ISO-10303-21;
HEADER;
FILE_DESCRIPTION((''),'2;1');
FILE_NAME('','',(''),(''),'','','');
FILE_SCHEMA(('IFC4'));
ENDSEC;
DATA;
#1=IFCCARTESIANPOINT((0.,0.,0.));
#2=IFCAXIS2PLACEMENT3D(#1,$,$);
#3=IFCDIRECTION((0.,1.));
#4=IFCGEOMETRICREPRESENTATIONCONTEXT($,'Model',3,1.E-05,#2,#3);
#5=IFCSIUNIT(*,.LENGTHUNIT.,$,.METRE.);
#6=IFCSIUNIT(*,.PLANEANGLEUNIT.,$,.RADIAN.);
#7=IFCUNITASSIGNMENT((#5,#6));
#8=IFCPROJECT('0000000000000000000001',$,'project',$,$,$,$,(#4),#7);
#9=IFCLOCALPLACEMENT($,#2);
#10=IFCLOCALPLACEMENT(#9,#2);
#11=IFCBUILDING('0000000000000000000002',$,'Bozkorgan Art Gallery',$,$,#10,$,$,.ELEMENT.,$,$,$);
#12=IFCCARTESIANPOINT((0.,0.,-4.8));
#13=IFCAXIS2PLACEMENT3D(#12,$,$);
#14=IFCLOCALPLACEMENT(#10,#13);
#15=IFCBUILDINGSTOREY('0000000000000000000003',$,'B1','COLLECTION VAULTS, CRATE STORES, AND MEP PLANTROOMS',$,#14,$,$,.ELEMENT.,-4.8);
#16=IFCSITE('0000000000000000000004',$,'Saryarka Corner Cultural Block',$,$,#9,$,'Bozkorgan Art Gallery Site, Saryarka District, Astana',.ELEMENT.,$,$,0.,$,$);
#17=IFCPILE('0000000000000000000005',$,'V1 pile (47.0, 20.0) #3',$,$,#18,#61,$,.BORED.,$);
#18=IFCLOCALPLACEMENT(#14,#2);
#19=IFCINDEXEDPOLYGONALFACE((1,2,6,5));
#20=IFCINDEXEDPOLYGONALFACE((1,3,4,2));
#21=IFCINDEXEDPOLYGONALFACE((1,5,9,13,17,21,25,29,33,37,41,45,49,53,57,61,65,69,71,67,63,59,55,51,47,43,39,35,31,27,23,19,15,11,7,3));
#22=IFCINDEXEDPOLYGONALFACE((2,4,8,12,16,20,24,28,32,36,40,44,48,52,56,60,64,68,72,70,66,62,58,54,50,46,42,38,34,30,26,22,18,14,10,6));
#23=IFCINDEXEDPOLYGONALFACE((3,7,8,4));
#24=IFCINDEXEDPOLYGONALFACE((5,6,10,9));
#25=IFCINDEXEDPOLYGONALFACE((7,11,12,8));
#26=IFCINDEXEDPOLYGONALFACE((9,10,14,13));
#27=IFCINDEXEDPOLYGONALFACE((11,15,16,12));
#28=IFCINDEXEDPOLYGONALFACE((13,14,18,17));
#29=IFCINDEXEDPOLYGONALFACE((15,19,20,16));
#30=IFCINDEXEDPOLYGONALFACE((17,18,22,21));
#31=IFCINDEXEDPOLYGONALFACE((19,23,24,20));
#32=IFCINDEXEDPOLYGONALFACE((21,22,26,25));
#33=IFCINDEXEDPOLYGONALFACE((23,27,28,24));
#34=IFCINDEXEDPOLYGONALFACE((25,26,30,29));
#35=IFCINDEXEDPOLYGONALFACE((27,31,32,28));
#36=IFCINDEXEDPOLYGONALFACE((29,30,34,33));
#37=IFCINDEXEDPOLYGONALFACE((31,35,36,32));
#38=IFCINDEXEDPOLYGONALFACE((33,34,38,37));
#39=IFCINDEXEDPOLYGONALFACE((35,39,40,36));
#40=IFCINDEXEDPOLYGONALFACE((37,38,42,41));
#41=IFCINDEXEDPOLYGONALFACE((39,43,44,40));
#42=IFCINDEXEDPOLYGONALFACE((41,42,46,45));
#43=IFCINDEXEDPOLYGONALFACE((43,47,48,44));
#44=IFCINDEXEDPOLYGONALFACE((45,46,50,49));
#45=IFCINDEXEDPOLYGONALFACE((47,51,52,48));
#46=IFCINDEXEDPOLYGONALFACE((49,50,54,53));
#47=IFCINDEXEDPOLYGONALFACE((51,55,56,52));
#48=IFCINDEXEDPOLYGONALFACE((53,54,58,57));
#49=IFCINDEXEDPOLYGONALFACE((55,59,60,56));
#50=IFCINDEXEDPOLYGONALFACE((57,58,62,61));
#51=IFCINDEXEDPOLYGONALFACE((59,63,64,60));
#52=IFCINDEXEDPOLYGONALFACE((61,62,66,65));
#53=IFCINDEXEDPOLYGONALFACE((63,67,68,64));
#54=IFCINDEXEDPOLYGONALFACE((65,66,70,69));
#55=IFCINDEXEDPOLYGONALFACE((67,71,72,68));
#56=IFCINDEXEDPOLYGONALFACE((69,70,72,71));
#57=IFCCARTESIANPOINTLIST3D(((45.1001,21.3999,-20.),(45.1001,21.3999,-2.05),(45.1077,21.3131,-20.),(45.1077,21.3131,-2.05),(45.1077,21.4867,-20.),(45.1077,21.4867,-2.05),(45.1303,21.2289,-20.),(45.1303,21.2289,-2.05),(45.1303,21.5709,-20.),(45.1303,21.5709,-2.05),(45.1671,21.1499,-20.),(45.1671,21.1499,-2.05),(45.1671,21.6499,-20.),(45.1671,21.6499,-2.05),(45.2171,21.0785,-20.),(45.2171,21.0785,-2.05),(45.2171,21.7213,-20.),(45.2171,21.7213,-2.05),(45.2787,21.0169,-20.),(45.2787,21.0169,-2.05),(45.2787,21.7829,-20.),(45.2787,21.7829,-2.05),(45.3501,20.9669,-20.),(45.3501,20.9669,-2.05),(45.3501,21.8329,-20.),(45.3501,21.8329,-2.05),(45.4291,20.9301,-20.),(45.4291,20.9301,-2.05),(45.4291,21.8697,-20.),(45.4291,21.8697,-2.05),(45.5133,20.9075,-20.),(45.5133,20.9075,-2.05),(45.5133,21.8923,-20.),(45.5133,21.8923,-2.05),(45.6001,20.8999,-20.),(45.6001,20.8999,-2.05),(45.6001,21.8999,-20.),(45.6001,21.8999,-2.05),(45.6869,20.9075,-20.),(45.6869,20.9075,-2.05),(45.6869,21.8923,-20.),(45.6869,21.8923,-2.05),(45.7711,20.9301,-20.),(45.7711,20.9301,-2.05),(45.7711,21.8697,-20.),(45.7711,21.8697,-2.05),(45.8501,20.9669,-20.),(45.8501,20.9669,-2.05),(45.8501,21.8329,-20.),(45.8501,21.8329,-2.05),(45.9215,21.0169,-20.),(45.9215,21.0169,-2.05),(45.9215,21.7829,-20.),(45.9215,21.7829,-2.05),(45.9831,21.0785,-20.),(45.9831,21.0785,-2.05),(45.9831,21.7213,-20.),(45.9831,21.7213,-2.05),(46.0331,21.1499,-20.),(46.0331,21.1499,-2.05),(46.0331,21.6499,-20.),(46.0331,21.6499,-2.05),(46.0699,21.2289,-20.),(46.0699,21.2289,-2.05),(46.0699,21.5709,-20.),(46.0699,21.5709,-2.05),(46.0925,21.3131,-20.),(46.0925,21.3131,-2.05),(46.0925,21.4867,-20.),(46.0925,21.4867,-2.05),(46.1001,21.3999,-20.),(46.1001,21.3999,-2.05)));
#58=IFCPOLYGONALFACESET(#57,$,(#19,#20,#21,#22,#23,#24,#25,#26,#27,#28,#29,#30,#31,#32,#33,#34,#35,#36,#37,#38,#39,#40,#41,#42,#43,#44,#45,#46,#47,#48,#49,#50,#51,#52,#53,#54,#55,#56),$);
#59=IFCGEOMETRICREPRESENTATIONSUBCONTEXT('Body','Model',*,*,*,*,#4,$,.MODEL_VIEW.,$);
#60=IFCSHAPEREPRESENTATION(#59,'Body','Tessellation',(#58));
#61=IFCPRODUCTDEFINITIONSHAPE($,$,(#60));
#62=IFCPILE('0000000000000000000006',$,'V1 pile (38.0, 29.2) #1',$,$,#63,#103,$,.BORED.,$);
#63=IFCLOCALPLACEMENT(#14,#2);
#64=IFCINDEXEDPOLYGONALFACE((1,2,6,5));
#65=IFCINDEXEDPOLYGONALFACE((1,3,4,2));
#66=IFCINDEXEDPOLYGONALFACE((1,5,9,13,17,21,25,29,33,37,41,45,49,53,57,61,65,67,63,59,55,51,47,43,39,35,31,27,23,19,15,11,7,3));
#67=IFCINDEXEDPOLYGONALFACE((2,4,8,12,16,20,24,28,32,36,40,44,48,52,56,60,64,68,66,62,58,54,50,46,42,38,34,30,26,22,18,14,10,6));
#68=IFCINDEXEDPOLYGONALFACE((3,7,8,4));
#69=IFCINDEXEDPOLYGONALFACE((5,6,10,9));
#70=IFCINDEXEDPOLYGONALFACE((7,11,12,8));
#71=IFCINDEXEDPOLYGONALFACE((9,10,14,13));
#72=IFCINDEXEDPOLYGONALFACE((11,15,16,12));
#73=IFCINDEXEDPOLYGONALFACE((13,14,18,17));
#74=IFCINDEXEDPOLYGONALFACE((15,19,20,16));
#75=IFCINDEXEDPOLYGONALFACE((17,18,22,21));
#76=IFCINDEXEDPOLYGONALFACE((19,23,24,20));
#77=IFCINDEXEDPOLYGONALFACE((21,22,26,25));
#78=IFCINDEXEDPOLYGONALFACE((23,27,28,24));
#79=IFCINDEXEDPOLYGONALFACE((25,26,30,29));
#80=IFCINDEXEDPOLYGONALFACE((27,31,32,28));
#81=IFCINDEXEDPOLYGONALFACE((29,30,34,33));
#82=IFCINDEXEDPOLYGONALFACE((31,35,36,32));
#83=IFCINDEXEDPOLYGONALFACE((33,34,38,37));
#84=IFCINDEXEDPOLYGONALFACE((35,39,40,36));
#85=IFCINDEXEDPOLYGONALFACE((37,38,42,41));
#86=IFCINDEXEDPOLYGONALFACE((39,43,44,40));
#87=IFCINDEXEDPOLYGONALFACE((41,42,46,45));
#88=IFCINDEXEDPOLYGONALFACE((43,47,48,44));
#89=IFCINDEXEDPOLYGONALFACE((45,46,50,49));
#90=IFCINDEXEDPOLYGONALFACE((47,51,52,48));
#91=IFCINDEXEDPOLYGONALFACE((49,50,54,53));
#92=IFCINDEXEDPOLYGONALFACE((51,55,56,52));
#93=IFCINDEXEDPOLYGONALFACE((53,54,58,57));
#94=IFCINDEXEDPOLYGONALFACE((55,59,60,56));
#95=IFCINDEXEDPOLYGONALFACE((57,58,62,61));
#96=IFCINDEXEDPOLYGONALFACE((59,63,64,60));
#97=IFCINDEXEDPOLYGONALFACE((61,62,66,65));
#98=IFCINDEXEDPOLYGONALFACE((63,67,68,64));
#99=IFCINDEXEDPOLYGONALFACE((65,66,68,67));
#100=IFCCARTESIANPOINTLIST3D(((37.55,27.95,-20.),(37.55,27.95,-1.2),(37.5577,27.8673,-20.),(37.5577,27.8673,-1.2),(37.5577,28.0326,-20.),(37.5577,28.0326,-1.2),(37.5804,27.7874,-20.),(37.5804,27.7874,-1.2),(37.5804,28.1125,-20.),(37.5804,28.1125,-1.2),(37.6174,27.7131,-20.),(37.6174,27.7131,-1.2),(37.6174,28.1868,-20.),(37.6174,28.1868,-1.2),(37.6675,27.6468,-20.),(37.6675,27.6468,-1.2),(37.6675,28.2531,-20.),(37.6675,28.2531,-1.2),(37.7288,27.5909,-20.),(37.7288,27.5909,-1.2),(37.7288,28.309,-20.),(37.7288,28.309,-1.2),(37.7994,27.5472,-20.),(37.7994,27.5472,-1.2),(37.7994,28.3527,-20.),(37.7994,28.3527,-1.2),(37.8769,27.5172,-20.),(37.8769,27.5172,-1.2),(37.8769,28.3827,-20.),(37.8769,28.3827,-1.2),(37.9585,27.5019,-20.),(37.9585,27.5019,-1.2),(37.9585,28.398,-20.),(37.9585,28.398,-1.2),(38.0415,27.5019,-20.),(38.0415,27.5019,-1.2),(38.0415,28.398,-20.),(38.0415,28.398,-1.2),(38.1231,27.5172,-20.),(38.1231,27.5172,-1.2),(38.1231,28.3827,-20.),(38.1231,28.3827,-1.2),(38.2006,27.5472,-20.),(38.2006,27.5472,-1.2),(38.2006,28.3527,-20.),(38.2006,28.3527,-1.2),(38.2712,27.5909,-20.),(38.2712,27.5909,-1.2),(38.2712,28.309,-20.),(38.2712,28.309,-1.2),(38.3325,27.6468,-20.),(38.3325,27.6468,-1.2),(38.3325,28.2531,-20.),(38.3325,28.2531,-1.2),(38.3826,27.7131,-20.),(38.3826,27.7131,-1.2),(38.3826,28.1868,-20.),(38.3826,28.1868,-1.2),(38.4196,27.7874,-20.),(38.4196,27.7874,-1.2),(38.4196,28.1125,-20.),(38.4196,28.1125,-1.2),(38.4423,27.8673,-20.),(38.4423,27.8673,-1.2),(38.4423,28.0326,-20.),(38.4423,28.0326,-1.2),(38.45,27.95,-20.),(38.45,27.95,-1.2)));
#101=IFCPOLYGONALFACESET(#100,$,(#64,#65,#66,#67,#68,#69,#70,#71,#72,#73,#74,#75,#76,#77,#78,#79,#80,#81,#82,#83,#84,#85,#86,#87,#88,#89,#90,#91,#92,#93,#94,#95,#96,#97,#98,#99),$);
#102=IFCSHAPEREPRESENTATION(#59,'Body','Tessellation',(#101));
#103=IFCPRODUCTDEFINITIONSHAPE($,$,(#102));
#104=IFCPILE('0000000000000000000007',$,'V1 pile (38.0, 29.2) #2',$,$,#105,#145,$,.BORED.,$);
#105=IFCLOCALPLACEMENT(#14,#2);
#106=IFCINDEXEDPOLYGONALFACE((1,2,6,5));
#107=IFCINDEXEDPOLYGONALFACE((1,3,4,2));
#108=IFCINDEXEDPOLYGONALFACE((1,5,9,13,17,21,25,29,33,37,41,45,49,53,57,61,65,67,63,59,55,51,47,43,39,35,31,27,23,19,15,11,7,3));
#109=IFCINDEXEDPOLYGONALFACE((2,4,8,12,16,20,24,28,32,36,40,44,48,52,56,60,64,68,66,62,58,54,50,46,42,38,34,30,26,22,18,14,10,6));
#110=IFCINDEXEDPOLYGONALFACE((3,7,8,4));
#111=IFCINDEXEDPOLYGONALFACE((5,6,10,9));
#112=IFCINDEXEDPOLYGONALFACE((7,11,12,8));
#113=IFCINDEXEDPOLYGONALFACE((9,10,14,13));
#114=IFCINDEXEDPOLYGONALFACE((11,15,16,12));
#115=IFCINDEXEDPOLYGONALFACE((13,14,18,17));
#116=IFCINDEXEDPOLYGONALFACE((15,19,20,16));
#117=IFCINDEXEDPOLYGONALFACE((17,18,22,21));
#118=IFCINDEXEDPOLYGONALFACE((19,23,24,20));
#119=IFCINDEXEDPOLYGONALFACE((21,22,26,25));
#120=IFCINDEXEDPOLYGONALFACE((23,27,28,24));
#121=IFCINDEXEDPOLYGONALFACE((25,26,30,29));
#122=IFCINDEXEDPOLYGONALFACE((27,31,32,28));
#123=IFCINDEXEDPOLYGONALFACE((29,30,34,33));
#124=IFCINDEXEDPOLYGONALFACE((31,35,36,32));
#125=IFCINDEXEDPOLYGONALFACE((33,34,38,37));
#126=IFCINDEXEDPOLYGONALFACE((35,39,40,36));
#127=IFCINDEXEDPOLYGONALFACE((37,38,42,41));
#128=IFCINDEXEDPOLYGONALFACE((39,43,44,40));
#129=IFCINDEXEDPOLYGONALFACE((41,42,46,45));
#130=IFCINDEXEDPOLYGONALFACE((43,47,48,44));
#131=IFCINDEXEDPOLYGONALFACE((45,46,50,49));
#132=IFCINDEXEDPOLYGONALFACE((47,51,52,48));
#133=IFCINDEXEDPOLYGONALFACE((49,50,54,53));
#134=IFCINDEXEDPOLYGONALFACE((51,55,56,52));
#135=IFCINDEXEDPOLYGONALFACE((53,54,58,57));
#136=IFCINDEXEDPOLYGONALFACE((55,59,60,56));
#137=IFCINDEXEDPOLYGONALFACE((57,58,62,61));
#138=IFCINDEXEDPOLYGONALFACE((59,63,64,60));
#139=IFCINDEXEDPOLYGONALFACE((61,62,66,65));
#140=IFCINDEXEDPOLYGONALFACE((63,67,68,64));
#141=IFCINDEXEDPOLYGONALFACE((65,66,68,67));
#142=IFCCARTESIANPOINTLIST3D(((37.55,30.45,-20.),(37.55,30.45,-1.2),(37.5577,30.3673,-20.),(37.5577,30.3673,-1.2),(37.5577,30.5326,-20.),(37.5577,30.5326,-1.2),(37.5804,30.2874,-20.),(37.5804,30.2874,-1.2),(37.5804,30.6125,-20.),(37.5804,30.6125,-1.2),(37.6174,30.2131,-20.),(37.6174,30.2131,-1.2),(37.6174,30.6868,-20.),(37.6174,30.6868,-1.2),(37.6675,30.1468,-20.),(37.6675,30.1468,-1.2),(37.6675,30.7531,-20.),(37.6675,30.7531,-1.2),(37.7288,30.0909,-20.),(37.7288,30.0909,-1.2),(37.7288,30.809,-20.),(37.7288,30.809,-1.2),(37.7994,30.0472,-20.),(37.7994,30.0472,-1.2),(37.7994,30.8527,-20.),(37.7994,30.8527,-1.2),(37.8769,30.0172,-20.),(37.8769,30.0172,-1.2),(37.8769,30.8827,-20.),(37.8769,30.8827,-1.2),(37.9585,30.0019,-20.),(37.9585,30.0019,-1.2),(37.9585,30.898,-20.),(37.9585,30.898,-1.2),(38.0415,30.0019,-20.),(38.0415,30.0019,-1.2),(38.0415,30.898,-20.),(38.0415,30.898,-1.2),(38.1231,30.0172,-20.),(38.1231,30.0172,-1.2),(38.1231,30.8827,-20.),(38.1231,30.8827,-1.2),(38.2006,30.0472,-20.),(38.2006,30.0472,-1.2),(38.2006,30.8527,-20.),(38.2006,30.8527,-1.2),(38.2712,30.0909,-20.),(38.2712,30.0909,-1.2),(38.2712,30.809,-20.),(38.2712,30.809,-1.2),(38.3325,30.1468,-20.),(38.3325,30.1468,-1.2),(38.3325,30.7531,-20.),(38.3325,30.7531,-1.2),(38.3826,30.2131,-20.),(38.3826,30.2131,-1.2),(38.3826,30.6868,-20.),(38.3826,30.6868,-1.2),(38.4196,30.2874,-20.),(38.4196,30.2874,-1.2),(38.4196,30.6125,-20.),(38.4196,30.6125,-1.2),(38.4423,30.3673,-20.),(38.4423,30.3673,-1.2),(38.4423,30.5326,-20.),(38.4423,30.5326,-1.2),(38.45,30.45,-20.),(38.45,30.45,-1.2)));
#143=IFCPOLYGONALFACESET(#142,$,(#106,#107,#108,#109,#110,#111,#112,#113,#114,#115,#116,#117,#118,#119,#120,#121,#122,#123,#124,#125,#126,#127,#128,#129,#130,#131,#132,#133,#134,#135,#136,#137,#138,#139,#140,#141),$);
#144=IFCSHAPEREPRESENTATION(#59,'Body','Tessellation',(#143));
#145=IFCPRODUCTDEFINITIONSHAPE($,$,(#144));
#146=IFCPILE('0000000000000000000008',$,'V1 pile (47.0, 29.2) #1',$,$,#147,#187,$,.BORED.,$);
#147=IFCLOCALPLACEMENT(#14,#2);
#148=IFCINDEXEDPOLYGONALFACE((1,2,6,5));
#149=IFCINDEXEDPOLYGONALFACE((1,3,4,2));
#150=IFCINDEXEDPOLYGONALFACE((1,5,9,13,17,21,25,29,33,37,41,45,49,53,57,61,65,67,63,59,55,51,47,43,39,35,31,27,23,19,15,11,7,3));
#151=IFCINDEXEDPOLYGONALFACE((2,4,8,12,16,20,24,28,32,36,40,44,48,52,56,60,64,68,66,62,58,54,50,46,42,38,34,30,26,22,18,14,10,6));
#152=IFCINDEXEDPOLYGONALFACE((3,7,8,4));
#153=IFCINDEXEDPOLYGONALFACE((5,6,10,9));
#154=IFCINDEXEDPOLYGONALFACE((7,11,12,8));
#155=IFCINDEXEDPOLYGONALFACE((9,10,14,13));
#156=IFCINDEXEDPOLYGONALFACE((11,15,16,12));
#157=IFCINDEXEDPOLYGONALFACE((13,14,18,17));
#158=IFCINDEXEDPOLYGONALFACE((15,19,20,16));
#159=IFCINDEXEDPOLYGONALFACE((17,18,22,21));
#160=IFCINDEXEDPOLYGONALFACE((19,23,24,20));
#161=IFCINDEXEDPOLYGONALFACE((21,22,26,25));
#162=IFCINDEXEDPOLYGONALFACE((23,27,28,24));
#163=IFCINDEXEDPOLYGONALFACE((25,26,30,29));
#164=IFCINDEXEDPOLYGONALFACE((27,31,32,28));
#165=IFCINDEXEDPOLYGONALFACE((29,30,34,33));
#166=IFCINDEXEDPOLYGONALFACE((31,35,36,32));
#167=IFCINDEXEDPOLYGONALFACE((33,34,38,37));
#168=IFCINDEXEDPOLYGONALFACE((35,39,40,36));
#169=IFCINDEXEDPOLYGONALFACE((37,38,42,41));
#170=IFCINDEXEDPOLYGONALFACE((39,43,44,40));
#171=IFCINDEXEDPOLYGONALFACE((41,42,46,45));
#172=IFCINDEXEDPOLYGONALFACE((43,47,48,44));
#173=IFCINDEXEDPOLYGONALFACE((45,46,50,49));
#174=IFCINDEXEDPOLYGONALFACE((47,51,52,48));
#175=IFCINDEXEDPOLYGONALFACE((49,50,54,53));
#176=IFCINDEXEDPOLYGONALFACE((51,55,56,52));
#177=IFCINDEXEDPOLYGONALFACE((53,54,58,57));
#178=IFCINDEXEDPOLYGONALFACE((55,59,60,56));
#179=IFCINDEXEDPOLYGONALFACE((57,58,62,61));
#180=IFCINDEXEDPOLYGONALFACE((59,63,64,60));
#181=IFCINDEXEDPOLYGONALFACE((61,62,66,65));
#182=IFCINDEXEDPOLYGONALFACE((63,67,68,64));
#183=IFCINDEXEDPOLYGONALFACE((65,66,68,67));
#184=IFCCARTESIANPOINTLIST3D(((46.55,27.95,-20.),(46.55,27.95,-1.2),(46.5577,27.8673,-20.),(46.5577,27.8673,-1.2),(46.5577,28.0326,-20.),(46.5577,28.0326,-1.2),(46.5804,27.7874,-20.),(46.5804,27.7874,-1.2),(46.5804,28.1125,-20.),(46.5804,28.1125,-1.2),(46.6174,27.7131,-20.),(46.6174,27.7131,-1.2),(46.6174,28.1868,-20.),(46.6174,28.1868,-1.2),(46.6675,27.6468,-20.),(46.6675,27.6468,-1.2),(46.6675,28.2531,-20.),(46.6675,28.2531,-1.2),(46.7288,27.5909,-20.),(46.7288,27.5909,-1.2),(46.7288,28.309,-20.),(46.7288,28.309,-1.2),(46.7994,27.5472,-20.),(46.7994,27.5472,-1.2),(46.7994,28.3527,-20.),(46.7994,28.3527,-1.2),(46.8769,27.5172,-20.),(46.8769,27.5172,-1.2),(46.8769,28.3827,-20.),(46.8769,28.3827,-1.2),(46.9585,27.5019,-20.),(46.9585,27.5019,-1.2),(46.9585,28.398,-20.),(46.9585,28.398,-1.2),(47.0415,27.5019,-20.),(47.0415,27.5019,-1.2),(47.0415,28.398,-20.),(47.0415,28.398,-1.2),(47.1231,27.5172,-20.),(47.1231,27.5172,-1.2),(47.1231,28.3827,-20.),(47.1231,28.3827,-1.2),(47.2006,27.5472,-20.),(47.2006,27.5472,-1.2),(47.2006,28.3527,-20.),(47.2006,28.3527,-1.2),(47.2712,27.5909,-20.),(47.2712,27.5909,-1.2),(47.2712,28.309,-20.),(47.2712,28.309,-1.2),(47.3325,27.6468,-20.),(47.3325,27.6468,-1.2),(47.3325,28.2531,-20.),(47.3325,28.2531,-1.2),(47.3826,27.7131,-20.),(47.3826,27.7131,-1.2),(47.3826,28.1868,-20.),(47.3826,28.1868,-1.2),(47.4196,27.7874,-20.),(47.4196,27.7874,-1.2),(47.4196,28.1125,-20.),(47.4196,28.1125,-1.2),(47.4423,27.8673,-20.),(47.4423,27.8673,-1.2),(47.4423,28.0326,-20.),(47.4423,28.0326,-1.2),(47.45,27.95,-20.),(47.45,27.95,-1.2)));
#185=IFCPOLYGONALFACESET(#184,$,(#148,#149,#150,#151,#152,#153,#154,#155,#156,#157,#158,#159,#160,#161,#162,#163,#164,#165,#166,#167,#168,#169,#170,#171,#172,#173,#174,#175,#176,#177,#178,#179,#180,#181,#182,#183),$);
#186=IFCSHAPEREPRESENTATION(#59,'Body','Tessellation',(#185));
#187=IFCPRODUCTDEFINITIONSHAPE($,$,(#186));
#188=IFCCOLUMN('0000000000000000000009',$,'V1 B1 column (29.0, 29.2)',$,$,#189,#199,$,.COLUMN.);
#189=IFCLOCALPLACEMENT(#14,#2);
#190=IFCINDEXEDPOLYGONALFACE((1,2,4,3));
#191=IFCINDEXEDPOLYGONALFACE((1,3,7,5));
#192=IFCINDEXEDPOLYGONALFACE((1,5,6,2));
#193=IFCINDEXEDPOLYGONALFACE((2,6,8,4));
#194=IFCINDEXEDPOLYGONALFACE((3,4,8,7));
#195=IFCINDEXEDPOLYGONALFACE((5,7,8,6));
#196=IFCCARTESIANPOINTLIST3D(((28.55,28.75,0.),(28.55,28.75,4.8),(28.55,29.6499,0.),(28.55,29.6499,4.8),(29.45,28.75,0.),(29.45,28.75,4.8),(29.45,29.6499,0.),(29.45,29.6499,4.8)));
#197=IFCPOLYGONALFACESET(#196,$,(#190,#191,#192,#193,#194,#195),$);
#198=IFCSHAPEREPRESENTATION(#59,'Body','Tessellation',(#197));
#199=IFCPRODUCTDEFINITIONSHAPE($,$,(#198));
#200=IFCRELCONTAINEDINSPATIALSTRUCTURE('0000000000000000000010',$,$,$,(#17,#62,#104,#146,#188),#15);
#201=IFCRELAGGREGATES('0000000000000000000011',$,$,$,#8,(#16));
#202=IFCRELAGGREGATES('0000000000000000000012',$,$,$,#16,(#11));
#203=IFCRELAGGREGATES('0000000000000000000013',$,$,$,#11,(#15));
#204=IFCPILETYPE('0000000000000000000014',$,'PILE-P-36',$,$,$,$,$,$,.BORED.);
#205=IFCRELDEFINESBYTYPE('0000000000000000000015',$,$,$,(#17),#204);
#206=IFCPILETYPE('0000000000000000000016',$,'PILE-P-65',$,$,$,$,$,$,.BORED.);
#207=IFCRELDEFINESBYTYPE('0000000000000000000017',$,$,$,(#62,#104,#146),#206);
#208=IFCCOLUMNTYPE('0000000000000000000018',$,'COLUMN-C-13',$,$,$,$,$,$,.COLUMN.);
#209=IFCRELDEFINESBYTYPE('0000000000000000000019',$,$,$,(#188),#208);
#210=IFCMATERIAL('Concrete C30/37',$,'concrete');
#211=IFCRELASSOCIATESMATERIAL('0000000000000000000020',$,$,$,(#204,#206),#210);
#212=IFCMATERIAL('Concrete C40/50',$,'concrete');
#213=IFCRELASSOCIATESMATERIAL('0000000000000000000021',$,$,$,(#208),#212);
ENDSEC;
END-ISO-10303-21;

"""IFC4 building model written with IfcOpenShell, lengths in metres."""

from ifc_helpers import new_model, si_unit, direction, frame, origin, origin_2d, place, context, subcontext, project, spatial, rectangle, circle, extrude, material, material_profile, profile_set, type_object, element, save


model = new_model("IFC4")

# Units and contexts
model_context = context("Model", 3, precision=1e-05, world=origin(), true_north=direction((0.0, 1.0)))
body_context = subcontext(model_context, "Body", "Model", "MODEL_VIEW")
ifc_project = project(units=[si_unit("LENGTHUNIT", "METRE"), si_unit("PLANEANGLEUNIT", "RADIAN")], contexts=[model_context])

# Site, building, storey
site_placement = place(None, origin())
site = spatial("IfcSite", under=ifc_project, at=site_placement, Name="Saryarka Corner Cultural Block", LongName="Bozkorgan Art Gallery Site, Saryarka District, Astana", CompositionType="ELEMENT", RefElevation=0.0)
building_placement = place(site_placement, origin())
building = spatial("IfcBuilding", under=site, at=building_placement, Name="Bozkorgan Art Gallery", CompositionType="ELEMENT")
storey_placement = place(building_placement, frame((0.0, 0.0, -4.8)))
storey = spatial("IfcBuildingStorey", under=building, at=storey_placement, Name="B1", Description="COLLECTION VAULTS, CRATE STORES, AND MEP PLANTROOMS", CompositionType="ELEMENT", Elevation=-4.8)

# Shared definitions
ifc_material_1 = material(Name="Concrete C30/37", Category="concrete")

# Piles
ifc_material_profile_1 = material_profile(ifc_material_1, circle(Radius=0.5, at=origin_2d()), Name="PILE D1000")
ifc_profile_set_1 = profile_set([ifc_material_profile_1], Name="Concrete C30/37")
pile_type_1 = type_object("IfcPileType", Name="PILE-P-36", PredefinedType="BORED", material=ifc_profile_set_1)
for number, where, z_axis, x_axis, name in (
    (1, (45.6001, 21.3999, -2.05), (0.0, 0.0, -1.0), (1.0, 0.0, 0.0), "V1 pile (47.0, 20.0) #3"),
):
    element("IfcPile", number, at=place(storey_placement, frame(where, z_axis=z_axis, x_axis=x_axis)), inside=storey, type_object=pile_type_1, Name=name, PredefinedType="BORED", context=body_context, shape_type="SweptSolid", body=[
        extrude(circle(Radius=0.5, at=origin_2d()), origin(), (0.0, 0.0, 1.0), 17.95),
    ])
ifc_material_profile_2 = material_profile(ifc_material_1, circle(Radius=0.45, at=origin_2d()), Name="PILE D900")
ifc_profile_set_2 = profile_set([ifc_material_profile_2], Name="Concrete C30/37")
pile_type_2 = type_object("IfcPileType", Name="PILE-P-65", PredefinedType="BORED", material=ifc_profile_set_2)
for number, where, z_axis, x_axis, name in (
    (2, (38.0, 27.95, -1.2), (0.0, 0.0, -1.0), (1.0, 0.0, 0.0), "V1 pile (38.0, 29.2) #1"),
    (3, (38.0, 30.45, -1.2), (0.0, 0.0, -1.0), (1.0, 0.0, 0.0), "V1 pile (38.0, 29.2) #2"),
    (4, (47.0, 27.95, -1.2), (0.0, 0.0, -1.0), (1.0, 0.0, 0.0), "V1 pile (47.0, 29.2) #1"),
):
    element("IfcPile", number, at=place(storey_placement, frame(where, z_axis=z_axis, x_axis=x_axis)), inside=storey, type_object=pile_type_2, Name=name, PredefinedType="BORED", context=body_context, shape_type="SweptSolid", body=[
        extrude(circle(Radius=0.45, at=origin_2d()), origin(), (0.0, 0.0, 1.0), 18.8),
    ])

# Column
ifc_material_2 = material(Name="Concrete C40/50", Category="concrete")
ifc_material_profile_3 = material_profile(ifc_material_2, rectangle(XDim=0.8999, YDim=0.8999, at=origin_2d()), Name="RC 900x900")
ifc_profile_set_3 = profile_set([ifc_material_profile_3], Name="Concrete C40/50")
column_type = type_object("IfcColumnType", Name="COLUMN-C-13", PredefinedType="COLUMN", material=ifc_profile_set_3)
for number, where, z_axis, x_axis, name in (
    (5, (29.0, 29.2, 0.0), (0.0, 0.0, 1.0), (1.0, 0.0, 0.0), "V1 B1 column (29.0, 29.2)"),
):
    element("IfcColumn", number, at=place(storey_placement, frame(where, z_axis=z_axis, x_axis=x_axis)), inside=storey, type_object=column_type, Name=name, PredefinedType="COLUMN", context=body_context, shape_type="SweptSolid", body=[
        extrude(rectangle(XDim=0.8999, YDim=0.8999, at=origin_2d()), origin(), (0.0, 0.0, 1.0), 4.8),
    ])

save(model, "model.ifc")
